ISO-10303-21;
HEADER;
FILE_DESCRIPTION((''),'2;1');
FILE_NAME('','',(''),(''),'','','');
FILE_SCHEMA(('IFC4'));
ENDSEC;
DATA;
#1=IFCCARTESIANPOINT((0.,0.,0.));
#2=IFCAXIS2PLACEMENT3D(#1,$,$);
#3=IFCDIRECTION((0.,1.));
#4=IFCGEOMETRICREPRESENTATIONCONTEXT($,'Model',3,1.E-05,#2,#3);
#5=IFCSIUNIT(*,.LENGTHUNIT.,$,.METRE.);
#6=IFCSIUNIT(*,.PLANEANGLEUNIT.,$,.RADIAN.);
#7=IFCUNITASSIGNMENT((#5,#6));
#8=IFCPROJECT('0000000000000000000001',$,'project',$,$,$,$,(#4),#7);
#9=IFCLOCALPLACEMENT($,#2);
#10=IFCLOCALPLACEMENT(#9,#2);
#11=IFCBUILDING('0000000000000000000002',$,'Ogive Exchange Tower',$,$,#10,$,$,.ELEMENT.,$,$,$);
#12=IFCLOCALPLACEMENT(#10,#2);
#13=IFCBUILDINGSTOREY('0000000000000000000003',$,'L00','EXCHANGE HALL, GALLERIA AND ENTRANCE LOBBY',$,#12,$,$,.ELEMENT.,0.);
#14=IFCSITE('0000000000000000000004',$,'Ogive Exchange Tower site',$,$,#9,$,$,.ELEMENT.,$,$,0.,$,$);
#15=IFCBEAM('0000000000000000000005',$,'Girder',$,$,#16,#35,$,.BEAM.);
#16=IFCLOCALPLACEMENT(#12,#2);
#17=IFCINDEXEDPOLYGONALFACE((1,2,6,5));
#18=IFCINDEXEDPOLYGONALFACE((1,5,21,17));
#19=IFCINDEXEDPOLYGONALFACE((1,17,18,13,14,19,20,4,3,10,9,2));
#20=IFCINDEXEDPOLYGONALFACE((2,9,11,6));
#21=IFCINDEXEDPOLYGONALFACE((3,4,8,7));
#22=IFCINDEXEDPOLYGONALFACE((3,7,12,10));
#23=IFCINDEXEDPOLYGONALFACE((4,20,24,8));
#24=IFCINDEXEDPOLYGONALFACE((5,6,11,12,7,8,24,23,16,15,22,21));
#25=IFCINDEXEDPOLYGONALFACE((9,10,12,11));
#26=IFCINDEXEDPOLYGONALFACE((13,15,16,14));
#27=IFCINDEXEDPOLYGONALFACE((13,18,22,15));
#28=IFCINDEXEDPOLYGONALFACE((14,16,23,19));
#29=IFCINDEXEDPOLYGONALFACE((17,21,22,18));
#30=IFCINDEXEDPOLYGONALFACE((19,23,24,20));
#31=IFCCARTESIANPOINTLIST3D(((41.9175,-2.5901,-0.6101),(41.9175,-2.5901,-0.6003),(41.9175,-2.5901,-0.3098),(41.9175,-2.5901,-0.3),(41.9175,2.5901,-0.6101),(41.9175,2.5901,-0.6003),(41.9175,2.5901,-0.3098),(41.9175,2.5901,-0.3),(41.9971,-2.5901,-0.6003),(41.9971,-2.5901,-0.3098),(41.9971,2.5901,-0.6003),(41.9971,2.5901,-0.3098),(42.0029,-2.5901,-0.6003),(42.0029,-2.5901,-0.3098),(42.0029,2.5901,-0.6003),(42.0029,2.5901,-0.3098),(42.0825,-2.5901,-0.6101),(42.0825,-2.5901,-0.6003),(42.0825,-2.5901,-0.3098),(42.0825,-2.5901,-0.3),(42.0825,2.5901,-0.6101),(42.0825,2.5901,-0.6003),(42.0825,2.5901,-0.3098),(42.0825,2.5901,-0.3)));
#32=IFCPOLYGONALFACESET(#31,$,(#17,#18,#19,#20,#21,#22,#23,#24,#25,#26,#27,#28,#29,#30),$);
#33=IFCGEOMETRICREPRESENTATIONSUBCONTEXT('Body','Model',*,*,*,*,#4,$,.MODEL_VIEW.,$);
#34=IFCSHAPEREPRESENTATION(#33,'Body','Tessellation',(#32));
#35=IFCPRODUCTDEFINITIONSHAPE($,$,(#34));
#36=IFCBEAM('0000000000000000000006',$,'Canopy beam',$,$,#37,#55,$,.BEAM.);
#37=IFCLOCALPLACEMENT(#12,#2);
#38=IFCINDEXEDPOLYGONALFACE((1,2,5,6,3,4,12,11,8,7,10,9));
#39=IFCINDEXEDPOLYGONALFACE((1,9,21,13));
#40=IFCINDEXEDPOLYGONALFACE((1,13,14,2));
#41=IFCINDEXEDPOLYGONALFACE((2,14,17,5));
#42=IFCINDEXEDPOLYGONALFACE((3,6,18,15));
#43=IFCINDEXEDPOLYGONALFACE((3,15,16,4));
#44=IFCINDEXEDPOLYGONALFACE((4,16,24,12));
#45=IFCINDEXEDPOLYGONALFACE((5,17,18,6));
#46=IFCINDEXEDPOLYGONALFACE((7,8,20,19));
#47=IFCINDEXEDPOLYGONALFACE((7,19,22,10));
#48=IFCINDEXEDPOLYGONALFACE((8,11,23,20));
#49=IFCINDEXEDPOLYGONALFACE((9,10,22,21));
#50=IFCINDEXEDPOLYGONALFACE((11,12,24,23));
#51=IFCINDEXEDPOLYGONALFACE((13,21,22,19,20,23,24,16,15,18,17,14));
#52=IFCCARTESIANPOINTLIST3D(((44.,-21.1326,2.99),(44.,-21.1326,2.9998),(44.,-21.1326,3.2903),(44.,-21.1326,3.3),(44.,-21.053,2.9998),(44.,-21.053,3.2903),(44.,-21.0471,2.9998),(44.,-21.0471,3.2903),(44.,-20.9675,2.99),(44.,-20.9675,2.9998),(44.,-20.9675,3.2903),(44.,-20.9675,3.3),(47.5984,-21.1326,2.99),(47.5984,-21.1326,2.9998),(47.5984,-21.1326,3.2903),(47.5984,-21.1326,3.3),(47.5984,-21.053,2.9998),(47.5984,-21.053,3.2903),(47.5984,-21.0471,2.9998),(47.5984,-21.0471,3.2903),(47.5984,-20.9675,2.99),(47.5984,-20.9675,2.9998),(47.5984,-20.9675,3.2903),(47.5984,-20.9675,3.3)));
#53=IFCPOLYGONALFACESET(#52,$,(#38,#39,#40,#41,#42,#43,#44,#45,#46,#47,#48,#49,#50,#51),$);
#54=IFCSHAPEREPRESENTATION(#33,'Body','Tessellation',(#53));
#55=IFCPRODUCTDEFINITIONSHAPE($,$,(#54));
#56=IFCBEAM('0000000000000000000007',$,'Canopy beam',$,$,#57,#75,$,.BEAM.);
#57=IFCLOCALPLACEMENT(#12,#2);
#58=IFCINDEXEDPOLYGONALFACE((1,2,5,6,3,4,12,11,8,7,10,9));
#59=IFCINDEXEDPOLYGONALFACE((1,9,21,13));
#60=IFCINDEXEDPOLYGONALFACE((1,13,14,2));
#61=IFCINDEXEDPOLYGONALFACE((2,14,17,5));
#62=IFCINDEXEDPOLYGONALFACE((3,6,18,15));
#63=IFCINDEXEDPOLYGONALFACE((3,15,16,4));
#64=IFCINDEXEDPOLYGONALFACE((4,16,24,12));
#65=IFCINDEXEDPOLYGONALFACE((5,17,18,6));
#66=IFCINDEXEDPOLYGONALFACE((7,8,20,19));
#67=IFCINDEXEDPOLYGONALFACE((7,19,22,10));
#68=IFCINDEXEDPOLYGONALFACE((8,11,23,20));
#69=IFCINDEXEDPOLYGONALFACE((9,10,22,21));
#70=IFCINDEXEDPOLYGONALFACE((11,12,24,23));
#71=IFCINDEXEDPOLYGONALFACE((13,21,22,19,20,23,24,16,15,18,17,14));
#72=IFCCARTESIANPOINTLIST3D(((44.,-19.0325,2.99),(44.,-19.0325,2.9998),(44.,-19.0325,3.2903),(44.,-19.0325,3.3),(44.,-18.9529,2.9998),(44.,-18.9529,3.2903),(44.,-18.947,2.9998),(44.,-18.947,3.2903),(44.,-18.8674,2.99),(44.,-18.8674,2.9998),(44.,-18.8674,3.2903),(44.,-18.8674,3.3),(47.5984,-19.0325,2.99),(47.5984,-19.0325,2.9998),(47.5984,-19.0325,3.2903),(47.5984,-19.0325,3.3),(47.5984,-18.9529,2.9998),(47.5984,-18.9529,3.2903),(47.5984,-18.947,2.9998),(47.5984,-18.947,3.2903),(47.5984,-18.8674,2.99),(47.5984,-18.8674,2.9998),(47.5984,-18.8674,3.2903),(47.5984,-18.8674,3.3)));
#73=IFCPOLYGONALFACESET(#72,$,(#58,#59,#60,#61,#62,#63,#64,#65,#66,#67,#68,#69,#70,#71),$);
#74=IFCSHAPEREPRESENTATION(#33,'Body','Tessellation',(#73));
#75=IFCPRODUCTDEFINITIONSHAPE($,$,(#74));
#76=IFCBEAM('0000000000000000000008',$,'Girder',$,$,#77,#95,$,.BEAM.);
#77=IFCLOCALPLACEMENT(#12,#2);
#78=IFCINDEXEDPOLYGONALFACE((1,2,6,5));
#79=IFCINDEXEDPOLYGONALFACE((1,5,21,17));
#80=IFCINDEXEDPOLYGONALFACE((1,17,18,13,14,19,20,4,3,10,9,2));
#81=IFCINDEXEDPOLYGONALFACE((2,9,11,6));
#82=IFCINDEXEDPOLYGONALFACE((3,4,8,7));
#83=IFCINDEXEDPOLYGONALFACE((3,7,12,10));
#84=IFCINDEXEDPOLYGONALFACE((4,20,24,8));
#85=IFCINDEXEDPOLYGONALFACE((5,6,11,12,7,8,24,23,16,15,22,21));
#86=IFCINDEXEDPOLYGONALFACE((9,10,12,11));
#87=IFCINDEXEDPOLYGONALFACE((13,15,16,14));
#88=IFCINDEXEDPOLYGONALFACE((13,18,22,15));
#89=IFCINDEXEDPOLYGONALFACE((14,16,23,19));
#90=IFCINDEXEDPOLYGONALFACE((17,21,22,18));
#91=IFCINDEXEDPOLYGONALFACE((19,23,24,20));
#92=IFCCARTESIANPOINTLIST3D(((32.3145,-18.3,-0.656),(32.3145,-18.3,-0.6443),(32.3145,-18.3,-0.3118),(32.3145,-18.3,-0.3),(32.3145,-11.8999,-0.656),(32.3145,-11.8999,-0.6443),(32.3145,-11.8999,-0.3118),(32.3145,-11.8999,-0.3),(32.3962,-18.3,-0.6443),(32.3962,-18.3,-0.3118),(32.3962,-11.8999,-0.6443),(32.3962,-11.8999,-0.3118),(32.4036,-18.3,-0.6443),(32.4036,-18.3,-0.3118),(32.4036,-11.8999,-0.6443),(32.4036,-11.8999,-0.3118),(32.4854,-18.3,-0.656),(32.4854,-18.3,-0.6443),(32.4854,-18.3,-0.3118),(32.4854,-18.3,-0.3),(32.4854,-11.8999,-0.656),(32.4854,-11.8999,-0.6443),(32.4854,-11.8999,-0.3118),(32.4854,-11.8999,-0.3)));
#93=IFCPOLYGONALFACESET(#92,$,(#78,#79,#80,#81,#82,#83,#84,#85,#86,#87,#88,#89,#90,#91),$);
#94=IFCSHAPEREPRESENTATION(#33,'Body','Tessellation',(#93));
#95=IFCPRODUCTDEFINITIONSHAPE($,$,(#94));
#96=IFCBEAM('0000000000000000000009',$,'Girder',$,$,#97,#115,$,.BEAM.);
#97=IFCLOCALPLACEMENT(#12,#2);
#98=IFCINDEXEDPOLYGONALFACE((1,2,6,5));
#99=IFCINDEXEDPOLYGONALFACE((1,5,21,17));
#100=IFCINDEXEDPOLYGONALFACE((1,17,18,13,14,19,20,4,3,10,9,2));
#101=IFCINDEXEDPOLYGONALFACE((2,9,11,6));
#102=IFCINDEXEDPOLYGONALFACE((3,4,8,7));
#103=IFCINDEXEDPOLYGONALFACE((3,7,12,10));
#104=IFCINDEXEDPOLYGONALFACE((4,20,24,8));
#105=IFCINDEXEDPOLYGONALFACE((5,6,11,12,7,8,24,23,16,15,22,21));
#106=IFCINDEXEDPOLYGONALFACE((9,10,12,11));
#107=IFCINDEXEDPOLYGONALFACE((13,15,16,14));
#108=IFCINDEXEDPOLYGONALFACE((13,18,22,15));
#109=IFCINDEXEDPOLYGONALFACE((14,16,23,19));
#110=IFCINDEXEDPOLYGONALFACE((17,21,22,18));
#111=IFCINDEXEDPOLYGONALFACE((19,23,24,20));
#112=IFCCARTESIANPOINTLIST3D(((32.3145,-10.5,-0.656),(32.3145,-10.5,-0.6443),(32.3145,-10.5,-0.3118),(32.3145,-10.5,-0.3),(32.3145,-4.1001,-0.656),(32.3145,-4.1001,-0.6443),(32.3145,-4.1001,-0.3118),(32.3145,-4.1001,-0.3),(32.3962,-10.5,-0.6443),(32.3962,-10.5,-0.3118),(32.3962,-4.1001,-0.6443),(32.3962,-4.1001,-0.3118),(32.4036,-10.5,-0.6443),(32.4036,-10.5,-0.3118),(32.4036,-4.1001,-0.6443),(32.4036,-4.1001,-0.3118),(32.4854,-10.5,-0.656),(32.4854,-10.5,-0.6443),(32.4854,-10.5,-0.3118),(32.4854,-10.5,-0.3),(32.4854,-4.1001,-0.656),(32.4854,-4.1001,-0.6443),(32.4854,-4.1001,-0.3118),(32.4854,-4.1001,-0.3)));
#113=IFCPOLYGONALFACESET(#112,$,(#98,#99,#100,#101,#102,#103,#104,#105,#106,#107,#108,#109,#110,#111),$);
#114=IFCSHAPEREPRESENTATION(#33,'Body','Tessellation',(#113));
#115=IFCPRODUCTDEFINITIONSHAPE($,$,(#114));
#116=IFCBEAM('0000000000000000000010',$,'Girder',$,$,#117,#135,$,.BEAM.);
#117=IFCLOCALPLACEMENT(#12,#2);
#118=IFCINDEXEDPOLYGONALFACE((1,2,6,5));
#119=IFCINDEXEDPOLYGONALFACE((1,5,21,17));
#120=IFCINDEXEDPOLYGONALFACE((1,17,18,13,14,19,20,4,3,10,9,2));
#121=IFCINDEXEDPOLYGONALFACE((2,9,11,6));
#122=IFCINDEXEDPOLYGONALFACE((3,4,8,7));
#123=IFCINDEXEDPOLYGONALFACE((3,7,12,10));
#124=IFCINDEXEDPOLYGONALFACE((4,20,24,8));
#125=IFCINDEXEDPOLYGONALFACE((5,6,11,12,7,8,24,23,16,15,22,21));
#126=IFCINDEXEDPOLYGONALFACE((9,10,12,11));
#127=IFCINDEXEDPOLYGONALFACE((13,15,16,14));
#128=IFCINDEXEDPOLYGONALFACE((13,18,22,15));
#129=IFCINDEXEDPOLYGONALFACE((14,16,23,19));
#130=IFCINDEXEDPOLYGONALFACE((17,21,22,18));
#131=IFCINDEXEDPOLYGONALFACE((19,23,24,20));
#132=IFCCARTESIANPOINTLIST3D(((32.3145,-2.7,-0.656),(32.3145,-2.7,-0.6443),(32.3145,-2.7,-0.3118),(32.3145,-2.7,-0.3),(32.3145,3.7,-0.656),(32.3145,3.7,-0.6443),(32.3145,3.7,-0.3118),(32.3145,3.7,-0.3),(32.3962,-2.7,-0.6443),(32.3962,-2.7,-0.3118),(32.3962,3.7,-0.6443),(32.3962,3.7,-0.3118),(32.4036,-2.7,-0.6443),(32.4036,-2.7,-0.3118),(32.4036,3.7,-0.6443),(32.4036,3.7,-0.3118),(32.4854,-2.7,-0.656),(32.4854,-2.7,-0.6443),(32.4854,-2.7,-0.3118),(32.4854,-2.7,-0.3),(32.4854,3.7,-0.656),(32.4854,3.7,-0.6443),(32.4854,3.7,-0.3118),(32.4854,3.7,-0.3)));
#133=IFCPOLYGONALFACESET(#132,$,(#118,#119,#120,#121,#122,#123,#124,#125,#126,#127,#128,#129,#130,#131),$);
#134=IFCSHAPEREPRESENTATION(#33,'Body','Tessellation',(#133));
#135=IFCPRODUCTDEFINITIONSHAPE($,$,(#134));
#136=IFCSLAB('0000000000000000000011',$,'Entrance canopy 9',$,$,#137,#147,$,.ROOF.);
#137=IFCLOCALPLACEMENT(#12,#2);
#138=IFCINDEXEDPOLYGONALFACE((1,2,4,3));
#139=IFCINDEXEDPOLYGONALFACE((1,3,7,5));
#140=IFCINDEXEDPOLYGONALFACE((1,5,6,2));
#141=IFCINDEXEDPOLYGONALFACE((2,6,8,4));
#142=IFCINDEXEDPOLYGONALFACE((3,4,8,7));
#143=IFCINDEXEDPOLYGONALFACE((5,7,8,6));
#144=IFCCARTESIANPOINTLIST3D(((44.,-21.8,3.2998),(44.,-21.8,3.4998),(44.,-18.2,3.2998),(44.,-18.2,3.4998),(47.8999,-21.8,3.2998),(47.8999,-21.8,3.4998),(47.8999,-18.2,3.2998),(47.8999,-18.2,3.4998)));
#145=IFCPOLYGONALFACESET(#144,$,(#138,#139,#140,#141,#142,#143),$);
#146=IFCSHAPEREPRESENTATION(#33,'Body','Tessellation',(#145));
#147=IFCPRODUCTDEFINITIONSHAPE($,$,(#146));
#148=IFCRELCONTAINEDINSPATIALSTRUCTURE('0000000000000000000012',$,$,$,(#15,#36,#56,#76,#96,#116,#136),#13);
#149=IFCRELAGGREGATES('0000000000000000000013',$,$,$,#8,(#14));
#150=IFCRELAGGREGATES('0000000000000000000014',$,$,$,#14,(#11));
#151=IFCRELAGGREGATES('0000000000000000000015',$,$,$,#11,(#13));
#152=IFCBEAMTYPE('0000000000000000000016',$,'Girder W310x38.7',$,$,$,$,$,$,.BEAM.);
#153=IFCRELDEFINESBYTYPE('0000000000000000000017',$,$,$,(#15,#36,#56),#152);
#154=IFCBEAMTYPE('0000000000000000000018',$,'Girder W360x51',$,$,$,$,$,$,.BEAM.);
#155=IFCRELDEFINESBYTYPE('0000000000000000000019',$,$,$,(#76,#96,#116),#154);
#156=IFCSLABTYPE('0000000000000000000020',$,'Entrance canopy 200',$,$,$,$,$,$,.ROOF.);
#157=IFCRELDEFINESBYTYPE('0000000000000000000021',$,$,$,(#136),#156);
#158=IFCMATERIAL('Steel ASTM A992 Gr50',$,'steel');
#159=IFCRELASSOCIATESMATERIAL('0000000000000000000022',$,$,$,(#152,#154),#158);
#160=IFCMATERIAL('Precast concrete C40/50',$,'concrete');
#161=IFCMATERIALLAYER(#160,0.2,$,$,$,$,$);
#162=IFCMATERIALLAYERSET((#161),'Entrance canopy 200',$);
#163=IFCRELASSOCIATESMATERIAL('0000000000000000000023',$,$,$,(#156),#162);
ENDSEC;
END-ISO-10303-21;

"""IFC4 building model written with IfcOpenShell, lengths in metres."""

from ifc_helpers import new_model, si_unit, direction, frame, origin, origin_2d, place, context, subcontext, project, spatial, rectangle, i_section, extrude, material, layer, layer_set, material_profile, profile_set, type_object, element, save


model = new_model("IFC4")

# Units and contexts
model_context = context("Model", 3, precision=1e-05, world=origin(), true_north=direction((0.0, 1.0)))
body_context = subcontext(model_context, "Body", "Model", "MODEL_VIEW")
ifc_project = project(units=[si_unit("LENGTHUNIT", "METRE"), si_unit("PLANEANGLEUNIT", "RADIAN")], contexts=[model_context])

# Site, building, storey
site_placement = place(None, origin())
site = spatial("IfcSite", under=ifc_project, at=site_placement, Name="Ogive Exchange Tower site", CompositionType="ELEMENT", RefElevation=0.0)
building_placement = place(site_placement, origin())
building = spatial("IfcBuilding", under=site, at=building_placement, Name="Ogive Exchange Tower", CompositionType="ELEMENT")
storey_placement = place(building_placement, origin())
storey = spatial("IfcBuildingStorey", under=building, at=storey_placement, Name="L00", Description="EXCHANGE HALL, GALLERIA AND ENTRANCE LOBBY", CompositionType="ELEMENT", Elevation=0.0)

# Beams
ifc_material_1 = material(Name="Steel ASTM A992 Gr50", Category="steel")
ifc_material_profile_1 = material_profile(ifc_material_1, i_section(OverallWidth=0.165, OverallDepth=0.3101, WebThickness=0.0059, FlangeThickness=0.0098, at=origin_2d()), Name="W310x38.7")
ifc_profile_set_1 = profile_set([ifc_material_profile_1], Name="Steel ASTM A992 Gr50")
beam_type_1 = type_object("IfcBeamType", Name="Girder W310x38.7", PredefinedType="BEAM", material=ifc_profile_set_1)
beam_1_placement = place(storey_placement, frame((42.0, -2.5901, -0.4551), z_axis=(0.0, 1.0, 0.0), x_axis=(-1.0, 0.0, 0.0)))
element("IfcBeam", 1, at=beam_1_placement, inside=storey, type_object=beam_type_1, Name="Girder", PredefinedType="BEAM", context=body_context, shape_type="SweptSolid", body=[
    extrude(i_section(OverallWidth=0.165, OverallDepth=0.3101, WebThickness=0.0059, FlangeThickness=0.0098, at=origin_2d()), origin(), (0.0, 0.0, 1.0), 5.1802),
])
for number, where, z_axis, x_axis, name in (
    (2, (44.0, -21.05, 3.145), (1.0, 0.0, 0.0), (0.0, 1.0, 0.0), "Canopy beam"),
    (3, (44.0, -18.95, 3.145), (1.0, 0.0, 0.0), (0.0, 1.0, 0.0), "Canopy beam"),
):
    element("IfcBeam", number, at=place(storey_placement, frame(where, z_axis=z_axis, x_axis=x_axis)), inside=storey, type_object=beam_type_1, Name=name, PredefinedType="BEAM", context=body_context, shape_type="SweptSolid", body=[
        extrude(i_section(OverallWidth=0.165, OverallDepth=0.3101, WebThickness=0.0059, FlangeThickness=0.0098, at=origin_2d()), origin(), (0.0, 0.0, 1.0), 3.5984),
    ])
ifc_material_profile_2 = material_profile(ifc_material_1, i_section(OverallWidth=0.1709, OverallDepth=0.356, WebThickness=0.0073, FlangeThickness=0.0117, at=origin_2d()), Name="W360x51")
ifc_profile_set_2 = profile_set([ifc_material_profile_2], Name="Steel ASTM A992 Gr50")
beam_type_2 = type_object("IfcBeamType", Name="Girder W360x51", PredefinedType="BEAM", material=ifc_profile_set_2)
beam_2_placement = place(storey_placement, frame((32.3999, -18.3, -0.478), z_axis=(0.0, 1.0, 0.0), x_axis=(-1.0, 0.0, 0.0)))
element("IfcBeam", 4, at=beam_2_placement, inside=storey, type_object=beam_type_2, Name="Girder", PredefinedType="BEAM", context=body_context, shape_type="SweptSolid", body=[
    extrude(i_section(OverallWidth=0.1709, OverallDepth=0.356, WebThickness=0.0073, FlangeThickness=0.0117, at=origin_2d()), origin(), (0.0, 0.0, 1.0), 6.4001),
])
for number, where, z_axis, x_axis, name in (
    (5, (32.3999, -10.5, -0.478), (0.0, 1.0, 0.0), (-1.0, 0.0, 0.0), "Girder"),
    (6, (32.3999, -2.7, -0.478), (0.0, 1.0, 0.0), (-1.0, 0.0, 0.0), "Girder"),
):
    element("IfcBeam", number, at=place(storey_placement, frame(where, z_axis=z_axis, x_axis=x_axis)), inside=storey, type_object=beam_type_2, Name=name, PredefinedType="BEAM", context=body_context, shape_type="SweptSolid", body=[
        extrude(i_section(OverallWidth=0.1709, OverallDepth=0.356, WebThickness=0.0073, FlangeThickness=0.0117, at=origin_2d()), origin(), (0.0, 0.0, 1.0), 6.3999),
    ])

# Slab
ifc_material_2 = material(Name="Precast concrete C40/50", Category="concrete")
ifc_layer_1 = layer(ifc_material_2, 0.2)
ifc_layer_set_1 = layer_set([ifc_layer_1], Name="Entrance canopy 200")
slab_type = type_object("IfcSlabType", Name="Entrance canopy 200", PredefinedType="ROOF", material=ifc_layer_set_1)
slab_placement = place(storey_placement, frame((45.95, -20.0, 3.2998), z_axis=(0.0, 0.0, 1.0), x_axis=(0.0, 1.0, 0.0)))
element("IfcSlab", 7, at=slab_placement, inside=storey, type_object=slab_type, Name="Entrance canopy 9", PredefinedType="ROOF", context=body_context, shape_type="SweptSolid", body=[
    extrude(rectangle(XDim=3.6001, YDim=3.8999, at=origin_2d()), origin(), (0.0, 0.0, 1.0), 0.2),
])

save(model, "model.ifc")
